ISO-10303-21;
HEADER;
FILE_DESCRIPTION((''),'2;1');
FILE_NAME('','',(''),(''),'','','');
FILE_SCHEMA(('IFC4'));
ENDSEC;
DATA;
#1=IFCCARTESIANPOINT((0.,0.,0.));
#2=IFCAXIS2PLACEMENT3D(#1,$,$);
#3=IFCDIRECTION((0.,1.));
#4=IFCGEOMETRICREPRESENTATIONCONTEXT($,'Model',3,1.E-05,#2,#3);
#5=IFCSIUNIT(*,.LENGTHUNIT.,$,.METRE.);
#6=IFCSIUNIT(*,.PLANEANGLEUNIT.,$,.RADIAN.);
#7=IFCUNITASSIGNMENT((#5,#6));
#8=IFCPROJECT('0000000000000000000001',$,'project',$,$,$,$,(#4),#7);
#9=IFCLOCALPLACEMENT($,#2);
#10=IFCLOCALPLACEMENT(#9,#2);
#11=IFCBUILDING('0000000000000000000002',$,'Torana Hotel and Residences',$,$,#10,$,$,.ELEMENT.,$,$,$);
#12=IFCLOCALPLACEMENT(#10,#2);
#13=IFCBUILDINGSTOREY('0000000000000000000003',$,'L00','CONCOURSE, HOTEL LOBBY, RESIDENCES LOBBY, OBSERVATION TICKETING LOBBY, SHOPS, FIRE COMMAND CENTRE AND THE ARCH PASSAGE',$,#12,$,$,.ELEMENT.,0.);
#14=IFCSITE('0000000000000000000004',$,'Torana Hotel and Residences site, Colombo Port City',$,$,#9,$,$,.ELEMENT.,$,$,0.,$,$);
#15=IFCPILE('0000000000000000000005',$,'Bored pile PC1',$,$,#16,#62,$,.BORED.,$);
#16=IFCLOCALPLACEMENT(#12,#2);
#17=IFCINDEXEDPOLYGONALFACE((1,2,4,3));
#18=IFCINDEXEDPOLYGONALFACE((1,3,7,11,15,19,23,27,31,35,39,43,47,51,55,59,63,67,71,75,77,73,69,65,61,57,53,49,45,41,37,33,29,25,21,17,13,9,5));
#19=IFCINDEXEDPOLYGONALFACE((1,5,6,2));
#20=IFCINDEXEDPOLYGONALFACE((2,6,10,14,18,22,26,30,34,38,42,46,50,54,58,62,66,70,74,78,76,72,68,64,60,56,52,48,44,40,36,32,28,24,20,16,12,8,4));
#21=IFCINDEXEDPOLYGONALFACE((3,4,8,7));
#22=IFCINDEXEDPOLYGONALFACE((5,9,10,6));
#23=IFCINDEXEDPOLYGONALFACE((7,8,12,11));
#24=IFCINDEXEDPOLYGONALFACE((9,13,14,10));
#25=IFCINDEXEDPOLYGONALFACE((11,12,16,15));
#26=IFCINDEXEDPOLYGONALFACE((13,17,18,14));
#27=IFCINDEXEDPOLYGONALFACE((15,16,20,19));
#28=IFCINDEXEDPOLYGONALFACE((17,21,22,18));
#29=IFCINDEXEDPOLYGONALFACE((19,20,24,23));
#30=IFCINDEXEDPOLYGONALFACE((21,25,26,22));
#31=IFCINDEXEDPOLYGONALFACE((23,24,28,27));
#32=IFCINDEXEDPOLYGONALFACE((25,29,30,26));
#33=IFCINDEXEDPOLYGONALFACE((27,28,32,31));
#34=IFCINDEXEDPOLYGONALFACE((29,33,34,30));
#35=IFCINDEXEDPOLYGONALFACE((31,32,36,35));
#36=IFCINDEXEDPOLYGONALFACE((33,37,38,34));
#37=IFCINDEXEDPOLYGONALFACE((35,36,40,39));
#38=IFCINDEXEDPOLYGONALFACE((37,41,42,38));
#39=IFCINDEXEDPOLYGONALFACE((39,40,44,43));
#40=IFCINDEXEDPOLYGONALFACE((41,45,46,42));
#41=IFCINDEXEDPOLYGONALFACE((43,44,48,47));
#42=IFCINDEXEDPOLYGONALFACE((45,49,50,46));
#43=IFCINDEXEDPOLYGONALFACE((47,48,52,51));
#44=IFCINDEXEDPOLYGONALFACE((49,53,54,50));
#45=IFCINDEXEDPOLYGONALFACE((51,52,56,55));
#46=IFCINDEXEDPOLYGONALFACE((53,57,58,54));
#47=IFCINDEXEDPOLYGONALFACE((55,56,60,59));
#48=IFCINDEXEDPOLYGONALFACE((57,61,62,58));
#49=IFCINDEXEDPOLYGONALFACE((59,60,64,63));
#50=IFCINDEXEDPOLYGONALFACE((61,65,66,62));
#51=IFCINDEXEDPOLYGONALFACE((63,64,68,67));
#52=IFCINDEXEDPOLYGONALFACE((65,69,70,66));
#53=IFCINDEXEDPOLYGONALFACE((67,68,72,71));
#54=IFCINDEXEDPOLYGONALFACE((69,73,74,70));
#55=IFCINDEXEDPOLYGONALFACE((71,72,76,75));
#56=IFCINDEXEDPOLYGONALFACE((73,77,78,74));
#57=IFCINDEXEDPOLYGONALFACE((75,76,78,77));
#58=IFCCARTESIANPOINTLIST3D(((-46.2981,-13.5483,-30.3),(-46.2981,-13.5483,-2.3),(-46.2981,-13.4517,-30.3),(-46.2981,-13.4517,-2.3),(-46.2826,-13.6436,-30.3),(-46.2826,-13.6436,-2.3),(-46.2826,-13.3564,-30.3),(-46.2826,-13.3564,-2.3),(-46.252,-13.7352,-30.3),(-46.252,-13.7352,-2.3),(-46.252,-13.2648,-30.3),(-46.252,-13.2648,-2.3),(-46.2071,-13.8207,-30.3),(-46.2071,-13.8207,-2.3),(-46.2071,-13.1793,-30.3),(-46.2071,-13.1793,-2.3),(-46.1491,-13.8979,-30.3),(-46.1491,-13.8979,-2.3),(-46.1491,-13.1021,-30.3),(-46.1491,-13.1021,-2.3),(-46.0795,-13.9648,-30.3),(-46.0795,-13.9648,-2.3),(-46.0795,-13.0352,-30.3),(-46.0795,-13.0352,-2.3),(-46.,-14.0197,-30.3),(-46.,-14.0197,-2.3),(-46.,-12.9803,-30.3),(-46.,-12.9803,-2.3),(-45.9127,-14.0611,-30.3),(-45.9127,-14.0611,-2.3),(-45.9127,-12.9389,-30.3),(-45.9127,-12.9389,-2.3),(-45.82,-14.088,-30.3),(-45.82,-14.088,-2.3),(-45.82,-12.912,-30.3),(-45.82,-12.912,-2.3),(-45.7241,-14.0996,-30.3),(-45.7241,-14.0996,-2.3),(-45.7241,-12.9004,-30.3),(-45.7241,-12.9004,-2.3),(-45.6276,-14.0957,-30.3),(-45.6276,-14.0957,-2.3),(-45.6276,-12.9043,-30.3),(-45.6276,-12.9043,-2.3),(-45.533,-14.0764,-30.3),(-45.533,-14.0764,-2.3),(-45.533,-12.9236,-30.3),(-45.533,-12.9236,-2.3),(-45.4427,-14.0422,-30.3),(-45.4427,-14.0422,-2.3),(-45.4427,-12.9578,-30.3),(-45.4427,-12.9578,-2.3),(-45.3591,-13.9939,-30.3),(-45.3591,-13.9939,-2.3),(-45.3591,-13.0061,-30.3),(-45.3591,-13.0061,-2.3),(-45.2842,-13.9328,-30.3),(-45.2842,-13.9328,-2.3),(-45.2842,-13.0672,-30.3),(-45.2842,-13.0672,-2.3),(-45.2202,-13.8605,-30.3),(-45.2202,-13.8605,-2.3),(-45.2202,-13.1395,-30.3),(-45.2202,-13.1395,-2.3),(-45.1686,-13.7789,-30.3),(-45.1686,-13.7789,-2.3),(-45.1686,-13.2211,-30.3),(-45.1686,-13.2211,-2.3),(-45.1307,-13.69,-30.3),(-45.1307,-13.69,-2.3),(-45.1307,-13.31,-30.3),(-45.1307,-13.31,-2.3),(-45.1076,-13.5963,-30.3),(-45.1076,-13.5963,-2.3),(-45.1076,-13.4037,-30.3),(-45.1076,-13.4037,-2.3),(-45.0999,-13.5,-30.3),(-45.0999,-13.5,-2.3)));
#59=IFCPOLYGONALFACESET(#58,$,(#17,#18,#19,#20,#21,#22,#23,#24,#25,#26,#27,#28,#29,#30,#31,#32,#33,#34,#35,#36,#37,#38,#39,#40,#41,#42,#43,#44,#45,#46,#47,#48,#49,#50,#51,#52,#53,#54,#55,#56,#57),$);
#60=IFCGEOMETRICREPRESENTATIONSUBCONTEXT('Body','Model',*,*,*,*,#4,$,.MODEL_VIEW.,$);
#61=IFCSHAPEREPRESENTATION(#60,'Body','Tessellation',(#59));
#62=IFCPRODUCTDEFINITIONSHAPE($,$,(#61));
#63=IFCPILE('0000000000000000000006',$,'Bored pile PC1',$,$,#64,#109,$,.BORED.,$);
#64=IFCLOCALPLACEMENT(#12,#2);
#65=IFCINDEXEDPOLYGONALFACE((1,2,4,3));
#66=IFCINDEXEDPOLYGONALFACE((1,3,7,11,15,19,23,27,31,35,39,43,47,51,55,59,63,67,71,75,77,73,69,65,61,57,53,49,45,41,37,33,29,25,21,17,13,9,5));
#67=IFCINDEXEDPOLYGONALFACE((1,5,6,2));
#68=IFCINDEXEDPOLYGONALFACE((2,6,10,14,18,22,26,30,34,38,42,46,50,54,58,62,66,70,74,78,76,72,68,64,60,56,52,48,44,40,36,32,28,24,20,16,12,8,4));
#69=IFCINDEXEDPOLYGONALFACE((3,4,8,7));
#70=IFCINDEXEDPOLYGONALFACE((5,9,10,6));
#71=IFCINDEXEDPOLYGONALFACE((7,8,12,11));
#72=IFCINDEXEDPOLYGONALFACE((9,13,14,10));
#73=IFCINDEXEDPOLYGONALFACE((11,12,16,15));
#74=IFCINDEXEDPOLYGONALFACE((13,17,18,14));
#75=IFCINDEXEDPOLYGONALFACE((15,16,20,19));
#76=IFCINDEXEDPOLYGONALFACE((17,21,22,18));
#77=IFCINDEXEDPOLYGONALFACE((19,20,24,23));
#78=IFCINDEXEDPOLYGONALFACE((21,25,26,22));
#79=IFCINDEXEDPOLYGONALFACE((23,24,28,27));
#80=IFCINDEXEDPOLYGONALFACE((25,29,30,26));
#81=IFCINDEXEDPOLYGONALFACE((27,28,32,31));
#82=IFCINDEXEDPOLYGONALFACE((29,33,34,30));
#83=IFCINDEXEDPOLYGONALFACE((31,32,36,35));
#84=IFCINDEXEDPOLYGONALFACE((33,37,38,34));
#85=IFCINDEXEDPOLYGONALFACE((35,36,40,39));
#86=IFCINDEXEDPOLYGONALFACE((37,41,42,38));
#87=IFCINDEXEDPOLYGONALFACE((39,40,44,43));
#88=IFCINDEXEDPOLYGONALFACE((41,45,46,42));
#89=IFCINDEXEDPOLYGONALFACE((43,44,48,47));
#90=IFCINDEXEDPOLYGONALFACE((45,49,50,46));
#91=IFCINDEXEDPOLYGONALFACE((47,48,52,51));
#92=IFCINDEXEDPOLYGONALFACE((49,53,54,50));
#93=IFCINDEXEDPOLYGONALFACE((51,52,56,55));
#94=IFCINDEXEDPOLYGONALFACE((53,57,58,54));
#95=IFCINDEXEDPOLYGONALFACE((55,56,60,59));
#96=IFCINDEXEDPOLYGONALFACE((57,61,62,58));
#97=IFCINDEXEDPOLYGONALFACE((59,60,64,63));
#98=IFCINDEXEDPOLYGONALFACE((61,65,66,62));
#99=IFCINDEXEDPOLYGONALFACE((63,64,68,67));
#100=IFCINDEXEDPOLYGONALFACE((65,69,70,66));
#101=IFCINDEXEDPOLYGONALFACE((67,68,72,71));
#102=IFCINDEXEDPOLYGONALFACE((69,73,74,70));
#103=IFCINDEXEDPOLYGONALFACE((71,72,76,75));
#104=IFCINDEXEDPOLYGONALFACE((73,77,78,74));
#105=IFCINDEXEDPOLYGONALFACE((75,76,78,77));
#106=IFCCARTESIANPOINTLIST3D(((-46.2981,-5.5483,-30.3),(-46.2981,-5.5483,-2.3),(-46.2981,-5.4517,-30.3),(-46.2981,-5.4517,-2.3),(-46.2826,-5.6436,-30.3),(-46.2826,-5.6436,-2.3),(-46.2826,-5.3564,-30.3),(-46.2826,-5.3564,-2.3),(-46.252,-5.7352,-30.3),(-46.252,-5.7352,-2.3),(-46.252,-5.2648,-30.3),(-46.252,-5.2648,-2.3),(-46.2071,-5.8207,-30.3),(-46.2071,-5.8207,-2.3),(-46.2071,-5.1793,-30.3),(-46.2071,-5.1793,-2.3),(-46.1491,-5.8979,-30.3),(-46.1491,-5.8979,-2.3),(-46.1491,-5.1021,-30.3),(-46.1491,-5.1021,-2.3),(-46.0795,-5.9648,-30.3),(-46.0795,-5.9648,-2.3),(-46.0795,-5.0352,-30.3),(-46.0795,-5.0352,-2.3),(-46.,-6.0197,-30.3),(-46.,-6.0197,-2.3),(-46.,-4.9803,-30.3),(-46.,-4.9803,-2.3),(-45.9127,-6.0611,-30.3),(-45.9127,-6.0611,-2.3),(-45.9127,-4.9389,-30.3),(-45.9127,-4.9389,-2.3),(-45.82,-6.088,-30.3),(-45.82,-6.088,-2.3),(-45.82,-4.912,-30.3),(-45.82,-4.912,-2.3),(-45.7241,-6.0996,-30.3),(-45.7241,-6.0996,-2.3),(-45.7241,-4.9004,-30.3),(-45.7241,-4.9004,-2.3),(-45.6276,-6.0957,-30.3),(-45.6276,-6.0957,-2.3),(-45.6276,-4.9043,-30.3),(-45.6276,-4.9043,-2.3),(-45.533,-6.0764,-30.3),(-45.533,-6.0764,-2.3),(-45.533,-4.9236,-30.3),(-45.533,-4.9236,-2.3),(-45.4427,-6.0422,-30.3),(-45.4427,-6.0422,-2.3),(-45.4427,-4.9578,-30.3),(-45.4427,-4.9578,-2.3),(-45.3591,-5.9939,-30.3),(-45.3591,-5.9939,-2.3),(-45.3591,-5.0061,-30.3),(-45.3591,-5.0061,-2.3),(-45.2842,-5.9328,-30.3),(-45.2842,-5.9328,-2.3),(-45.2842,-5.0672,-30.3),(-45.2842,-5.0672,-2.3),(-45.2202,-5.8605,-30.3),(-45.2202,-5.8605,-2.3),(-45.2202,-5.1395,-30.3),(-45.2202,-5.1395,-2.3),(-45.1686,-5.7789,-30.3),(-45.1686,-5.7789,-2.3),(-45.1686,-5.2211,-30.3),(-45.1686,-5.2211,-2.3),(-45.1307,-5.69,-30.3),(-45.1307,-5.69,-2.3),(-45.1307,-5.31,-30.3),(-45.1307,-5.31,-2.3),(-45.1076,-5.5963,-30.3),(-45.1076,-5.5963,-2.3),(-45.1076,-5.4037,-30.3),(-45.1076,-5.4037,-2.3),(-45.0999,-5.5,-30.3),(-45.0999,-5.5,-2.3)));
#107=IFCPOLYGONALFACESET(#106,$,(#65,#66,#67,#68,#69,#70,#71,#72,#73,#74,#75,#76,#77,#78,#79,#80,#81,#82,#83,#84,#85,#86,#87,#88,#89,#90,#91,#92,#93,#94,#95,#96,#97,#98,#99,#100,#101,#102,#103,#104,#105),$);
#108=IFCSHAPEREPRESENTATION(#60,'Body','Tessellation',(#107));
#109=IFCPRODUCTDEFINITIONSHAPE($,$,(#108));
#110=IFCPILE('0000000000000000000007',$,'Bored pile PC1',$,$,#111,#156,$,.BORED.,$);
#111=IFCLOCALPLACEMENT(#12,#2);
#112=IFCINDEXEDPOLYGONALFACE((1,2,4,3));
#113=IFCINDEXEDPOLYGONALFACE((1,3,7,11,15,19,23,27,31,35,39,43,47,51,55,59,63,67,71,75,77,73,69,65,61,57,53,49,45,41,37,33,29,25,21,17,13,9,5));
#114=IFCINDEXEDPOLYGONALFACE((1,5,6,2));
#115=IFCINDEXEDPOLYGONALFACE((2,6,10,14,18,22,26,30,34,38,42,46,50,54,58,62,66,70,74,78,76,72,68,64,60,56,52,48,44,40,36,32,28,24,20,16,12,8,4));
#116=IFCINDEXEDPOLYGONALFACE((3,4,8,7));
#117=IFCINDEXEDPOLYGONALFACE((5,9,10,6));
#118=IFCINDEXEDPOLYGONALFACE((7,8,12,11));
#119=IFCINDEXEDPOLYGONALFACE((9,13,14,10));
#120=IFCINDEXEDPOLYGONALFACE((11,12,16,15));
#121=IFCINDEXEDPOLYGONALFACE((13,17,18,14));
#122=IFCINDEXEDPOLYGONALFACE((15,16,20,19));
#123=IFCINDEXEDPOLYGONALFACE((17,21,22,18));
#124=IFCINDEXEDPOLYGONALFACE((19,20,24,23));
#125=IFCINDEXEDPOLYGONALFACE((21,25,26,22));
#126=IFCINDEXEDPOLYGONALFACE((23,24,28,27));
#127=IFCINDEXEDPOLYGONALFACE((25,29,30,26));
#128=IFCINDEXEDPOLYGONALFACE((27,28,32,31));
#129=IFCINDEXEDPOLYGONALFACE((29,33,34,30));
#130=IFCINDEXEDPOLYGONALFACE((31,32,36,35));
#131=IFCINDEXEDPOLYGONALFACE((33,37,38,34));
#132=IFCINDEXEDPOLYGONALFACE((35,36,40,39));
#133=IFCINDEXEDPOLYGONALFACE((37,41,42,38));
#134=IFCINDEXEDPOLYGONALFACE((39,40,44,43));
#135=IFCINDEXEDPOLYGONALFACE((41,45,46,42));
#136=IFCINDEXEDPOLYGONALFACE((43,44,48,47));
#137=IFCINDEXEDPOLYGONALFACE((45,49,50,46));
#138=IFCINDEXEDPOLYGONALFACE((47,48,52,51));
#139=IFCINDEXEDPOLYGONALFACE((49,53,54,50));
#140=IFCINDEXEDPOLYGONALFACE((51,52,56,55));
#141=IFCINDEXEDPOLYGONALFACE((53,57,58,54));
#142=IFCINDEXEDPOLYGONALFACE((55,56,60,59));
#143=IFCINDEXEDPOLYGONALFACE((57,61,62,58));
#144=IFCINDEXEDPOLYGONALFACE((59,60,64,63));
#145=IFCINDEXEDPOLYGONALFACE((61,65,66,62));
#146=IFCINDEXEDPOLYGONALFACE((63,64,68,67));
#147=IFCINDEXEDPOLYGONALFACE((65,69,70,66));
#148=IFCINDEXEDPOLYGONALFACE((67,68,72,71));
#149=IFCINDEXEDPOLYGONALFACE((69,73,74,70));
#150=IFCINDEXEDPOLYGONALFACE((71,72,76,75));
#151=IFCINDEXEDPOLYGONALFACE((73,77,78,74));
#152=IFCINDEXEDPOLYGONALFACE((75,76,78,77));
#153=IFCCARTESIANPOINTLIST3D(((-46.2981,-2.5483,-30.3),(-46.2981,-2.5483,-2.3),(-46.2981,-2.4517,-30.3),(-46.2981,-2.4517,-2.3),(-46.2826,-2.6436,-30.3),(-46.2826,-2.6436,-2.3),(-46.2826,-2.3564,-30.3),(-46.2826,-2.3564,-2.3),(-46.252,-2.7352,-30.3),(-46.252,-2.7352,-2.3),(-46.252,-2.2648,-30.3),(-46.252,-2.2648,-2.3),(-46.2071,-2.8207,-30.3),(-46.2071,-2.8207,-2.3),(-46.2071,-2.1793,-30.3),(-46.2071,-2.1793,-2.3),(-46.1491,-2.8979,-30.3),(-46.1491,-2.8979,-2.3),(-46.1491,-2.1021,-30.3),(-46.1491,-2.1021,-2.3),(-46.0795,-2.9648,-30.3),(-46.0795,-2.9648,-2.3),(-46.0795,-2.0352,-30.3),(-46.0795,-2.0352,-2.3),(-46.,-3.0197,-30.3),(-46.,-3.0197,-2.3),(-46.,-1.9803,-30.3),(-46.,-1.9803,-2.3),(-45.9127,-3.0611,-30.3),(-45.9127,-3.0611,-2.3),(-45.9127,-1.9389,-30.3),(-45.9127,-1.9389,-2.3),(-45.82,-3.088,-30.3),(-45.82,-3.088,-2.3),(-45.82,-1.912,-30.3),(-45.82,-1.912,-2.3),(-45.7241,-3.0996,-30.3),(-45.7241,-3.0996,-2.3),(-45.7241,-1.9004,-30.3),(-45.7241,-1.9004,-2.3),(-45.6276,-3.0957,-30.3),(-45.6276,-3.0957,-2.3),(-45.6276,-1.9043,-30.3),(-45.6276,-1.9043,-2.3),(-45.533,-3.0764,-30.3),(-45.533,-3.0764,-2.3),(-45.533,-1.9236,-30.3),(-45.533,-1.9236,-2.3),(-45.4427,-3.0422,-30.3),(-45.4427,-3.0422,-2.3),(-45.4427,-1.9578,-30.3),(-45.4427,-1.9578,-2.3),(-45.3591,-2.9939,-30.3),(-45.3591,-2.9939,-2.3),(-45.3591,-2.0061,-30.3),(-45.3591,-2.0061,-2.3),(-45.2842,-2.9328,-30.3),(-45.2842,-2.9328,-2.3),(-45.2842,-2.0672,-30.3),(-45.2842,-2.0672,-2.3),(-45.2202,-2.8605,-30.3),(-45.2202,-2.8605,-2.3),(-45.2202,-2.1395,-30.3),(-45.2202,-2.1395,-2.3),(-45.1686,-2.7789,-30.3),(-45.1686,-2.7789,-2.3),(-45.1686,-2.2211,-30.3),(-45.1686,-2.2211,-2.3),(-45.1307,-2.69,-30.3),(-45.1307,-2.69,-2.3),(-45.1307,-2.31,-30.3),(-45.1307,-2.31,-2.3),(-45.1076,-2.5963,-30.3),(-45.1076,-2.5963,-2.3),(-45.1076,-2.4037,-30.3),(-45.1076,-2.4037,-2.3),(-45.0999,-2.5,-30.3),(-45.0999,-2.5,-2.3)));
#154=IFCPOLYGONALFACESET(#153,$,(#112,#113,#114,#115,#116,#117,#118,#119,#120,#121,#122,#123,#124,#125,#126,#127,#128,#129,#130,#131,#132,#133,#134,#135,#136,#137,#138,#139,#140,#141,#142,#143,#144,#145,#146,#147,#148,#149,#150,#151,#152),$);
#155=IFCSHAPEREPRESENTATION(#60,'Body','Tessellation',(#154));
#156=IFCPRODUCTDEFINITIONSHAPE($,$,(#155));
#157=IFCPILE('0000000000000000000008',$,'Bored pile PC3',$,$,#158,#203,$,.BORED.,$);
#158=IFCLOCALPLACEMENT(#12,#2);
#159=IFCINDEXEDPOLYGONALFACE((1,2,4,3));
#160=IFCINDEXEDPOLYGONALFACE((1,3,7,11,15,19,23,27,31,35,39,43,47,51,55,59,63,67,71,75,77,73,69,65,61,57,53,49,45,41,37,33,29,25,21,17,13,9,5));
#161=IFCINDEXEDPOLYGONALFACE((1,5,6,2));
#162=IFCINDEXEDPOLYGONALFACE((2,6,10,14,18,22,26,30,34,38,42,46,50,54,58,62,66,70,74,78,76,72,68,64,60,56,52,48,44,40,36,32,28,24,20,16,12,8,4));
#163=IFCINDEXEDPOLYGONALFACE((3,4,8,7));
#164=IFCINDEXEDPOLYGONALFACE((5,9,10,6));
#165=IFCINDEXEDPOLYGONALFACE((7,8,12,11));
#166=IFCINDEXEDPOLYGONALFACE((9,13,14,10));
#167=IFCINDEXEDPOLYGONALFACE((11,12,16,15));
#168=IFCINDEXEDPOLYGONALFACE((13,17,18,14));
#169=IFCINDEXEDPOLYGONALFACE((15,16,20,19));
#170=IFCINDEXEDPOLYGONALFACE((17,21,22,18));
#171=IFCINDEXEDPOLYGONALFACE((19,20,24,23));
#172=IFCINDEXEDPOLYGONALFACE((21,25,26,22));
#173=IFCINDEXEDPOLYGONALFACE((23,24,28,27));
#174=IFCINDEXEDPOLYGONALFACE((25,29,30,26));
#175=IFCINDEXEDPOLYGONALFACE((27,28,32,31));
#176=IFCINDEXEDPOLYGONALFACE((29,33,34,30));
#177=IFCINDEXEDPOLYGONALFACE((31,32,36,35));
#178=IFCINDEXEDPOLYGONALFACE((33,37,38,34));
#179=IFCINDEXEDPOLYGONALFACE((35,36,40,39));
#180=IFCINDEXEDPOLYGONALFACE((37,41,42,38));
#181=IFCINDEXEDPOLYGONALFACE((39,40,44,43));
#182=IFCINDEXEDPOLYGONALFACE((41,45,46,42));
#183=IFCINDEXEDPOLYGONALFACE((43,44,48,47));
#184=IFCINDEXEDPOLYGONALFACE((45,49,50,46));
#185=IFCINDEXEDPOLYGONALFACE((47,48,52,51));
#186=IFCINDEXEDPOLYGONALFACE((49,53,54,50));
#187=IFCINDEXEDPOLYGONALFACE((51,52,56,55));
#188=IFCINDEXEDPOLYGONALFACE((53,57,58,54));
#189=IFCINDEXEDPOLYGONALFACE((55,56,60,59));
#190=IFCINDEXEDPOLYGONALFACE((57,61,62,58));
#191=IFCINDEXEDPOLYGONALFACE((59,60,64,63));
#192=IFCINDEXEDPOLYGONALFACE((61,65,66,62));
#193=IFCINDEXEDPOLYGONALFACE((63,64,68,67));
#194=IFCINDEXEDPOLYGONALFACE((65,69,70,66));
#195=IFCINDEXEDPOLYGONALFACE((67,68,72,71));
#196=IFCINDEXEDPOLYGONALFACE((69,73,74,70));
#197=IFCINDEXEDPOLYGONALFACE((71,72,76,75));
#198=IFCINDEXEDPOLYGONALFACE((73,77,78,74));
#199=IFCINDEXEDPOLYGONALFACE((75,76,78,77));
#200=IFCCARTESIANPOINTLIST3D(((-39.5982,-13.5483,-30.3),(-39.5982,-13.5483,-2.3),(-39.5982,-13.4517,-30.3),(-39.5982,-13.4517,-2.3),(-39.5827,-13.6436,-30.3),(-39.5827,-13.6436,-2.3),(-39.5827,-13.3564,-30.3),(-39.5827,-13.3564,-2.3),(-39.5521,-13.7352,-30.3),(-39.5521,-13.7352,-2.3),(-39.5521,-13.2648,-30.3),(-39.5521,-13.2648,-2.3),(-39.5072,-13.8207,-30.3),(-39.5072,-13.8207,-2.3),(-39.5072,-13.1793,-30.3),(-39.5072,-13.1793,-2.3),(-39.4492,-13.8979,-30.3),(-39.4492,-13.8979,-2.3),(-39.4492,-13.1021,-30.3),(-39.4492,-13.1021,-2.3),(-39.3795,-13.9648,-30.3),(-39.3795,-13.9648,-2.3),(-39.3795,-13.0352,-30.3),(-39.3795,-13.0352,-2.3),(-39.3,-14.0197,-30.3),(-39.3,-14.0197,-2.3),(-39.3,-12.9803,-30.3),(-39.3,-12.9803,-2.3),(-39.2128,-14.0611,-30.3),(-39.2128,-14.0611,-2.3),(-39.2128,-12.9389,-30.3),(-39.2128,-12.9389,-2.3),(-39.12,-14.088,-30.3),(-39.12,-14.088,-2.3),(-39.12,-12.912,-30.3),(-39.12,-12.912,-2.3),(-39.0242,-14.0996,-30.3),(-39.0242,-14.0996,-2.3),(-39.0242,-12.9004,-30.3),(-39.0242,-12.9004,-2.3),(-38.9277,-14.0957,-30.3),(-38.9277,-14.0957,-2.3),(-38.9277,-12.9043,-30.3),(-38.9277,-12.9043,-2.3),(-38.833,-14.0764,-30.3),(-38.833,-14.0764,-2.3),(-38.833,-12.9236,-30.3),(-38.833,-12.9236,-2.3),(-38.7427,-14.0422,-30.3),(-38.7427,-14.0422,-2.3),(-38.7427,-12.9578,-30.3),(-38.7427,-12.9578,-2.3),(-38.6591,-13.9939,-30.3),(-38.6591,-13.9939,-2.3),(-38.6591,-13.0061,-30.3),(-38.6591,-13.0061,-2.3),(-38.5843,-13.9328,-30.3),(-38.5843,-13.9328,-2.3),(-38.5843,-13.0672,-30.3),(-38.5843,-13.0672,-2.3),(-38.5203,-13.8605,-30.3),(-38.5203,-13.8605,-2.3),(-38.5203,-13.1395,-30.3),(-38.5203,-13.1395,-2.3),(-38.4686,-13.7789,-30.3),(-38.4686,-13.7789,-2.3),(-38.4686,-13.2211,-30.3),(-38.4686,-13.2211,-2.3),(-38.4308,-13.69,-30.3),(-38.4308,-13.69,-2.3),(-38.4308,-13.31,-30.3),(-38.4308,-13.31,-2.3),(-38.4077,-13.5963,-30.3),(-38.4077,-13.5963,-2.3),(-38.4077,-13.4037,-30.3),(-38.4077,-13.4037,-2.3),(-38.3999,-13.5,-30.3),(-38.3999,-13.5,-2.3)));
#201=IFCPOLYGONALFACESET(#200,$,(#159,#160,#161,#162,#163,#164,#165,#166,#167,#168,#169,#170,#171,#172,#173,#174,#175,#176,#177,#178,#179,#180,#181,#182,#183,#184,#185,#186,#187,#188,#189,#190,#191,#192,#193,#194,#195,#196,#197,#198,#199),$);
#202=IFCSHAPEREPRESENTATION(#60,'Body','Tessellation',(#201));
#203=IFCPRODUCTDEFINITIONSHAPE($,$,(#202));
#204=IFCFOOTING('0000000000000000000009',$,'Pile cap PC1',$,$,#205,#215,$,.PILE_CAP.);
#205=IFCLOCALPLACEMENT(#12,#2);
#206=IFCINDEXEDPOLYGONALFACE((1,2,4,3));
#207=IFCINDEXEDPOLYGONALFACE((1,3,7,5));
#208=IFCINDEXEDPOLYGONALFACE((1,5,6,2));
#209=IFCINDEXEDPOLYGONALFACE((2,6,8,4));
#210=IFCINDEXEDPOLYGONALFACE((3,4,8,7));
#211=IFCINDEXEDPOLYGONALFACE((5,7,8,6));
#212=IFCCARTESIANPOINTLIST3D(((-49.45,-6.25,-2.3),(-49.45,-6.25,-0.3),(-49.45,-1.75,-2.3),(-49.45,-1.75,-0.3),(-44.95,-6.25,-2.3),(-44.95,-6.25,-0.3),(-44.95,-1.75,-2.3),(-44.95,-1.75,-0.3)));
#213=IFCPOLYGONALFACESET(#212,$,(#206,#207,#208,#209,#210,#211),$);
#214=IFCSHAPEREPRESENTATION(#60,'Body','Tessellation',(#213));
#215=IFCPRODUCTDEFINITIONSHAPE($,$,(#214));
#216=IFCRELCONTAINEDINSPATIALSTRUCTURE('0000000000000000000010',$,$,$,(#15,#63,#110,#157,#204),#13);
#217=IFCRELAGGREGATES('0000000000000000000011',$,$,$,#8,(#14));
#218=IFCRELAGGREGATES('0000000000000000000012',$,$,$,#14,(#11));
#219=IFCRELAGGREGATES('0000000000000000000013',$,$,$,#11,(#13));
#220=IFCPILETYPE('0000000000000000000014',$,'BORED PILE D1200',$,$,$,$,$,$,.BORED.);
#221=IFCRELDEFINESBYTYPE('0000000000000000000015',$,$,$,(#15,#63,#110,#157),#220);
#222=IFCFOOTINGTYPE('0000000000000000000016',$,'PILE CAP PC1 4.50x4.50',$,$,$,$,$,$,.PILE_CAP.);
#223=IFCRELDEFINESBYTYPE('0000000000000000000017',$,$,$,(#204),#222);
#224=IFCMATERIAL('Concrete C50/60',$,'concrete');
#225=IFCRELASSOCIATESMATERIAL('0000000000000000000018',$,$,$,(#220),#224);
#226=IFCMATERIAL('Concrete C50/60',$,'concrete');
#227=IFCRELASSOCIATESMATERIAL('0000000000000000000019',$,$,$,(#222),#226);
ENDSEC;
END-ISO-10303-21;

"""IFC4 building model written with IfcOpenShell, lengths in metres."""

from ifc_helpers import new_model, si_unit, direction, frame, origin, origin_2d, place, context, subcontext, project, spatial, rectangle, circle, extrude, material, type_object, element, save


model = new_model("IFC4")

# Units and contexts
model_context = context("Model", 3, precision=1e-05, world=origin(), true_north=direction((0.0, 1.0)))
body_context = subcontext(model_context, "Body", "Model", "MODEL_VIEW")
ifc_project = project(units=[si_unit("LENGTHUNIT", "METRE"), si_unit("PLANEANGLEUNIT", "RADIAN")], contexts=[model_context])

# Site, building, storey
site_placement = place(None, origin())
site = spatial("IfcSite", under=ifc_project, at=site_placement, Name="Torana Hotel and Residences site, Colombo Port City", CompositionType="ELEMENT", RefElevation=0.0)
building_placement = place(site_placement, origin())
building = spatial("IfcBuilding", under=site, at=building_placement, Name="Torana Hotel and Residences", CompositionType="ELEMENT")
storey_placement = place(building_placement, origin())
storey = spatial("IfcBuildingStorey", under=building, at=storey_placement, Name="L00", Description="CONCOURSE, HOTEL LOBBY, RESIDENCES LOBBY, OBSERVATION TICKETING LOBBY, SHOPS, FIRE COMMAND CENTRE AND THE ARCH PASSAGE", CompositionType="ELEMENT", Elevation=0.0)

# Piles
ifc_material_1 = material(Name="Concrete C50/60", Category="concrete")
pile_type = type_object("IfcPileType", Name="BORED PILE D1200", PredefinedType="BORED", material=ifc_material_1)
for number, where, z_axis, x_axis, name in (
    (1, (-45.7, -13.5, -2.3), (0.0, 0.0, -1.0), (1.0, 0.0, 0.0), "Bored pile PC1"),
    (2, (-45.7, -5.5, -2.3), (0.0, 0.0, -1.0), (1.0, 0.0, 0.0), "Bored pile PC1"),
    (3, (-45.7, -2.5, -2.3), (0.0, 0.0, -1.0), (1.0, 0.0, 0.0), "Bored pile PC1"),
    (4, (-39.0, -13.5, -2.3), (0.0, 0.0, -1.0), (1.0, 0.0, 0.0), "Bored pile PC3"),
):
    element("IfcPile", number, at=place(storey_placement, frame(where, z_axis=z_axis, x_axis=x_axis)), inside=storey, type_object=pile_type, Name=name, PredefinedType="BORED", context=body_context, shape_type="SweptSolid", body=[
        extrude(circle(Radius=0.6001, at=origin_2d()), origin(), (0.0, 0.0, 1.0), 28.0),
    ])

# Footing
ifc_material_2 = material(Name="Concrete C50/60", Category="concrete")
footing_type = type_object("IfcFootingType", Name="PILE CAP PC1 4.50x4.50", PredefinedType="PILE_CAP", material=ifc_material_2)
footing_placement = place(storey_placement, frame((-47.2, -4.0, -2.3), z_axis=(0.0, 0.0, 1.0), x_axis=(1.0, 0.0, 0.0)))
element("IfcFooting", 5, at=footing_placement, inside=storey, type_object=footing_type, Name="Pile cap PC1", PredefinedType="PILE_CAP", context=body_context, shape_type="SweptSolid", body=[
    extrude(rectangle(XDim=4.5, YDim=4.5, at=origin_2d()), origin(), (0.0, 0.0, 1.0), 2.0),
])

save(model, "model.ifc")
